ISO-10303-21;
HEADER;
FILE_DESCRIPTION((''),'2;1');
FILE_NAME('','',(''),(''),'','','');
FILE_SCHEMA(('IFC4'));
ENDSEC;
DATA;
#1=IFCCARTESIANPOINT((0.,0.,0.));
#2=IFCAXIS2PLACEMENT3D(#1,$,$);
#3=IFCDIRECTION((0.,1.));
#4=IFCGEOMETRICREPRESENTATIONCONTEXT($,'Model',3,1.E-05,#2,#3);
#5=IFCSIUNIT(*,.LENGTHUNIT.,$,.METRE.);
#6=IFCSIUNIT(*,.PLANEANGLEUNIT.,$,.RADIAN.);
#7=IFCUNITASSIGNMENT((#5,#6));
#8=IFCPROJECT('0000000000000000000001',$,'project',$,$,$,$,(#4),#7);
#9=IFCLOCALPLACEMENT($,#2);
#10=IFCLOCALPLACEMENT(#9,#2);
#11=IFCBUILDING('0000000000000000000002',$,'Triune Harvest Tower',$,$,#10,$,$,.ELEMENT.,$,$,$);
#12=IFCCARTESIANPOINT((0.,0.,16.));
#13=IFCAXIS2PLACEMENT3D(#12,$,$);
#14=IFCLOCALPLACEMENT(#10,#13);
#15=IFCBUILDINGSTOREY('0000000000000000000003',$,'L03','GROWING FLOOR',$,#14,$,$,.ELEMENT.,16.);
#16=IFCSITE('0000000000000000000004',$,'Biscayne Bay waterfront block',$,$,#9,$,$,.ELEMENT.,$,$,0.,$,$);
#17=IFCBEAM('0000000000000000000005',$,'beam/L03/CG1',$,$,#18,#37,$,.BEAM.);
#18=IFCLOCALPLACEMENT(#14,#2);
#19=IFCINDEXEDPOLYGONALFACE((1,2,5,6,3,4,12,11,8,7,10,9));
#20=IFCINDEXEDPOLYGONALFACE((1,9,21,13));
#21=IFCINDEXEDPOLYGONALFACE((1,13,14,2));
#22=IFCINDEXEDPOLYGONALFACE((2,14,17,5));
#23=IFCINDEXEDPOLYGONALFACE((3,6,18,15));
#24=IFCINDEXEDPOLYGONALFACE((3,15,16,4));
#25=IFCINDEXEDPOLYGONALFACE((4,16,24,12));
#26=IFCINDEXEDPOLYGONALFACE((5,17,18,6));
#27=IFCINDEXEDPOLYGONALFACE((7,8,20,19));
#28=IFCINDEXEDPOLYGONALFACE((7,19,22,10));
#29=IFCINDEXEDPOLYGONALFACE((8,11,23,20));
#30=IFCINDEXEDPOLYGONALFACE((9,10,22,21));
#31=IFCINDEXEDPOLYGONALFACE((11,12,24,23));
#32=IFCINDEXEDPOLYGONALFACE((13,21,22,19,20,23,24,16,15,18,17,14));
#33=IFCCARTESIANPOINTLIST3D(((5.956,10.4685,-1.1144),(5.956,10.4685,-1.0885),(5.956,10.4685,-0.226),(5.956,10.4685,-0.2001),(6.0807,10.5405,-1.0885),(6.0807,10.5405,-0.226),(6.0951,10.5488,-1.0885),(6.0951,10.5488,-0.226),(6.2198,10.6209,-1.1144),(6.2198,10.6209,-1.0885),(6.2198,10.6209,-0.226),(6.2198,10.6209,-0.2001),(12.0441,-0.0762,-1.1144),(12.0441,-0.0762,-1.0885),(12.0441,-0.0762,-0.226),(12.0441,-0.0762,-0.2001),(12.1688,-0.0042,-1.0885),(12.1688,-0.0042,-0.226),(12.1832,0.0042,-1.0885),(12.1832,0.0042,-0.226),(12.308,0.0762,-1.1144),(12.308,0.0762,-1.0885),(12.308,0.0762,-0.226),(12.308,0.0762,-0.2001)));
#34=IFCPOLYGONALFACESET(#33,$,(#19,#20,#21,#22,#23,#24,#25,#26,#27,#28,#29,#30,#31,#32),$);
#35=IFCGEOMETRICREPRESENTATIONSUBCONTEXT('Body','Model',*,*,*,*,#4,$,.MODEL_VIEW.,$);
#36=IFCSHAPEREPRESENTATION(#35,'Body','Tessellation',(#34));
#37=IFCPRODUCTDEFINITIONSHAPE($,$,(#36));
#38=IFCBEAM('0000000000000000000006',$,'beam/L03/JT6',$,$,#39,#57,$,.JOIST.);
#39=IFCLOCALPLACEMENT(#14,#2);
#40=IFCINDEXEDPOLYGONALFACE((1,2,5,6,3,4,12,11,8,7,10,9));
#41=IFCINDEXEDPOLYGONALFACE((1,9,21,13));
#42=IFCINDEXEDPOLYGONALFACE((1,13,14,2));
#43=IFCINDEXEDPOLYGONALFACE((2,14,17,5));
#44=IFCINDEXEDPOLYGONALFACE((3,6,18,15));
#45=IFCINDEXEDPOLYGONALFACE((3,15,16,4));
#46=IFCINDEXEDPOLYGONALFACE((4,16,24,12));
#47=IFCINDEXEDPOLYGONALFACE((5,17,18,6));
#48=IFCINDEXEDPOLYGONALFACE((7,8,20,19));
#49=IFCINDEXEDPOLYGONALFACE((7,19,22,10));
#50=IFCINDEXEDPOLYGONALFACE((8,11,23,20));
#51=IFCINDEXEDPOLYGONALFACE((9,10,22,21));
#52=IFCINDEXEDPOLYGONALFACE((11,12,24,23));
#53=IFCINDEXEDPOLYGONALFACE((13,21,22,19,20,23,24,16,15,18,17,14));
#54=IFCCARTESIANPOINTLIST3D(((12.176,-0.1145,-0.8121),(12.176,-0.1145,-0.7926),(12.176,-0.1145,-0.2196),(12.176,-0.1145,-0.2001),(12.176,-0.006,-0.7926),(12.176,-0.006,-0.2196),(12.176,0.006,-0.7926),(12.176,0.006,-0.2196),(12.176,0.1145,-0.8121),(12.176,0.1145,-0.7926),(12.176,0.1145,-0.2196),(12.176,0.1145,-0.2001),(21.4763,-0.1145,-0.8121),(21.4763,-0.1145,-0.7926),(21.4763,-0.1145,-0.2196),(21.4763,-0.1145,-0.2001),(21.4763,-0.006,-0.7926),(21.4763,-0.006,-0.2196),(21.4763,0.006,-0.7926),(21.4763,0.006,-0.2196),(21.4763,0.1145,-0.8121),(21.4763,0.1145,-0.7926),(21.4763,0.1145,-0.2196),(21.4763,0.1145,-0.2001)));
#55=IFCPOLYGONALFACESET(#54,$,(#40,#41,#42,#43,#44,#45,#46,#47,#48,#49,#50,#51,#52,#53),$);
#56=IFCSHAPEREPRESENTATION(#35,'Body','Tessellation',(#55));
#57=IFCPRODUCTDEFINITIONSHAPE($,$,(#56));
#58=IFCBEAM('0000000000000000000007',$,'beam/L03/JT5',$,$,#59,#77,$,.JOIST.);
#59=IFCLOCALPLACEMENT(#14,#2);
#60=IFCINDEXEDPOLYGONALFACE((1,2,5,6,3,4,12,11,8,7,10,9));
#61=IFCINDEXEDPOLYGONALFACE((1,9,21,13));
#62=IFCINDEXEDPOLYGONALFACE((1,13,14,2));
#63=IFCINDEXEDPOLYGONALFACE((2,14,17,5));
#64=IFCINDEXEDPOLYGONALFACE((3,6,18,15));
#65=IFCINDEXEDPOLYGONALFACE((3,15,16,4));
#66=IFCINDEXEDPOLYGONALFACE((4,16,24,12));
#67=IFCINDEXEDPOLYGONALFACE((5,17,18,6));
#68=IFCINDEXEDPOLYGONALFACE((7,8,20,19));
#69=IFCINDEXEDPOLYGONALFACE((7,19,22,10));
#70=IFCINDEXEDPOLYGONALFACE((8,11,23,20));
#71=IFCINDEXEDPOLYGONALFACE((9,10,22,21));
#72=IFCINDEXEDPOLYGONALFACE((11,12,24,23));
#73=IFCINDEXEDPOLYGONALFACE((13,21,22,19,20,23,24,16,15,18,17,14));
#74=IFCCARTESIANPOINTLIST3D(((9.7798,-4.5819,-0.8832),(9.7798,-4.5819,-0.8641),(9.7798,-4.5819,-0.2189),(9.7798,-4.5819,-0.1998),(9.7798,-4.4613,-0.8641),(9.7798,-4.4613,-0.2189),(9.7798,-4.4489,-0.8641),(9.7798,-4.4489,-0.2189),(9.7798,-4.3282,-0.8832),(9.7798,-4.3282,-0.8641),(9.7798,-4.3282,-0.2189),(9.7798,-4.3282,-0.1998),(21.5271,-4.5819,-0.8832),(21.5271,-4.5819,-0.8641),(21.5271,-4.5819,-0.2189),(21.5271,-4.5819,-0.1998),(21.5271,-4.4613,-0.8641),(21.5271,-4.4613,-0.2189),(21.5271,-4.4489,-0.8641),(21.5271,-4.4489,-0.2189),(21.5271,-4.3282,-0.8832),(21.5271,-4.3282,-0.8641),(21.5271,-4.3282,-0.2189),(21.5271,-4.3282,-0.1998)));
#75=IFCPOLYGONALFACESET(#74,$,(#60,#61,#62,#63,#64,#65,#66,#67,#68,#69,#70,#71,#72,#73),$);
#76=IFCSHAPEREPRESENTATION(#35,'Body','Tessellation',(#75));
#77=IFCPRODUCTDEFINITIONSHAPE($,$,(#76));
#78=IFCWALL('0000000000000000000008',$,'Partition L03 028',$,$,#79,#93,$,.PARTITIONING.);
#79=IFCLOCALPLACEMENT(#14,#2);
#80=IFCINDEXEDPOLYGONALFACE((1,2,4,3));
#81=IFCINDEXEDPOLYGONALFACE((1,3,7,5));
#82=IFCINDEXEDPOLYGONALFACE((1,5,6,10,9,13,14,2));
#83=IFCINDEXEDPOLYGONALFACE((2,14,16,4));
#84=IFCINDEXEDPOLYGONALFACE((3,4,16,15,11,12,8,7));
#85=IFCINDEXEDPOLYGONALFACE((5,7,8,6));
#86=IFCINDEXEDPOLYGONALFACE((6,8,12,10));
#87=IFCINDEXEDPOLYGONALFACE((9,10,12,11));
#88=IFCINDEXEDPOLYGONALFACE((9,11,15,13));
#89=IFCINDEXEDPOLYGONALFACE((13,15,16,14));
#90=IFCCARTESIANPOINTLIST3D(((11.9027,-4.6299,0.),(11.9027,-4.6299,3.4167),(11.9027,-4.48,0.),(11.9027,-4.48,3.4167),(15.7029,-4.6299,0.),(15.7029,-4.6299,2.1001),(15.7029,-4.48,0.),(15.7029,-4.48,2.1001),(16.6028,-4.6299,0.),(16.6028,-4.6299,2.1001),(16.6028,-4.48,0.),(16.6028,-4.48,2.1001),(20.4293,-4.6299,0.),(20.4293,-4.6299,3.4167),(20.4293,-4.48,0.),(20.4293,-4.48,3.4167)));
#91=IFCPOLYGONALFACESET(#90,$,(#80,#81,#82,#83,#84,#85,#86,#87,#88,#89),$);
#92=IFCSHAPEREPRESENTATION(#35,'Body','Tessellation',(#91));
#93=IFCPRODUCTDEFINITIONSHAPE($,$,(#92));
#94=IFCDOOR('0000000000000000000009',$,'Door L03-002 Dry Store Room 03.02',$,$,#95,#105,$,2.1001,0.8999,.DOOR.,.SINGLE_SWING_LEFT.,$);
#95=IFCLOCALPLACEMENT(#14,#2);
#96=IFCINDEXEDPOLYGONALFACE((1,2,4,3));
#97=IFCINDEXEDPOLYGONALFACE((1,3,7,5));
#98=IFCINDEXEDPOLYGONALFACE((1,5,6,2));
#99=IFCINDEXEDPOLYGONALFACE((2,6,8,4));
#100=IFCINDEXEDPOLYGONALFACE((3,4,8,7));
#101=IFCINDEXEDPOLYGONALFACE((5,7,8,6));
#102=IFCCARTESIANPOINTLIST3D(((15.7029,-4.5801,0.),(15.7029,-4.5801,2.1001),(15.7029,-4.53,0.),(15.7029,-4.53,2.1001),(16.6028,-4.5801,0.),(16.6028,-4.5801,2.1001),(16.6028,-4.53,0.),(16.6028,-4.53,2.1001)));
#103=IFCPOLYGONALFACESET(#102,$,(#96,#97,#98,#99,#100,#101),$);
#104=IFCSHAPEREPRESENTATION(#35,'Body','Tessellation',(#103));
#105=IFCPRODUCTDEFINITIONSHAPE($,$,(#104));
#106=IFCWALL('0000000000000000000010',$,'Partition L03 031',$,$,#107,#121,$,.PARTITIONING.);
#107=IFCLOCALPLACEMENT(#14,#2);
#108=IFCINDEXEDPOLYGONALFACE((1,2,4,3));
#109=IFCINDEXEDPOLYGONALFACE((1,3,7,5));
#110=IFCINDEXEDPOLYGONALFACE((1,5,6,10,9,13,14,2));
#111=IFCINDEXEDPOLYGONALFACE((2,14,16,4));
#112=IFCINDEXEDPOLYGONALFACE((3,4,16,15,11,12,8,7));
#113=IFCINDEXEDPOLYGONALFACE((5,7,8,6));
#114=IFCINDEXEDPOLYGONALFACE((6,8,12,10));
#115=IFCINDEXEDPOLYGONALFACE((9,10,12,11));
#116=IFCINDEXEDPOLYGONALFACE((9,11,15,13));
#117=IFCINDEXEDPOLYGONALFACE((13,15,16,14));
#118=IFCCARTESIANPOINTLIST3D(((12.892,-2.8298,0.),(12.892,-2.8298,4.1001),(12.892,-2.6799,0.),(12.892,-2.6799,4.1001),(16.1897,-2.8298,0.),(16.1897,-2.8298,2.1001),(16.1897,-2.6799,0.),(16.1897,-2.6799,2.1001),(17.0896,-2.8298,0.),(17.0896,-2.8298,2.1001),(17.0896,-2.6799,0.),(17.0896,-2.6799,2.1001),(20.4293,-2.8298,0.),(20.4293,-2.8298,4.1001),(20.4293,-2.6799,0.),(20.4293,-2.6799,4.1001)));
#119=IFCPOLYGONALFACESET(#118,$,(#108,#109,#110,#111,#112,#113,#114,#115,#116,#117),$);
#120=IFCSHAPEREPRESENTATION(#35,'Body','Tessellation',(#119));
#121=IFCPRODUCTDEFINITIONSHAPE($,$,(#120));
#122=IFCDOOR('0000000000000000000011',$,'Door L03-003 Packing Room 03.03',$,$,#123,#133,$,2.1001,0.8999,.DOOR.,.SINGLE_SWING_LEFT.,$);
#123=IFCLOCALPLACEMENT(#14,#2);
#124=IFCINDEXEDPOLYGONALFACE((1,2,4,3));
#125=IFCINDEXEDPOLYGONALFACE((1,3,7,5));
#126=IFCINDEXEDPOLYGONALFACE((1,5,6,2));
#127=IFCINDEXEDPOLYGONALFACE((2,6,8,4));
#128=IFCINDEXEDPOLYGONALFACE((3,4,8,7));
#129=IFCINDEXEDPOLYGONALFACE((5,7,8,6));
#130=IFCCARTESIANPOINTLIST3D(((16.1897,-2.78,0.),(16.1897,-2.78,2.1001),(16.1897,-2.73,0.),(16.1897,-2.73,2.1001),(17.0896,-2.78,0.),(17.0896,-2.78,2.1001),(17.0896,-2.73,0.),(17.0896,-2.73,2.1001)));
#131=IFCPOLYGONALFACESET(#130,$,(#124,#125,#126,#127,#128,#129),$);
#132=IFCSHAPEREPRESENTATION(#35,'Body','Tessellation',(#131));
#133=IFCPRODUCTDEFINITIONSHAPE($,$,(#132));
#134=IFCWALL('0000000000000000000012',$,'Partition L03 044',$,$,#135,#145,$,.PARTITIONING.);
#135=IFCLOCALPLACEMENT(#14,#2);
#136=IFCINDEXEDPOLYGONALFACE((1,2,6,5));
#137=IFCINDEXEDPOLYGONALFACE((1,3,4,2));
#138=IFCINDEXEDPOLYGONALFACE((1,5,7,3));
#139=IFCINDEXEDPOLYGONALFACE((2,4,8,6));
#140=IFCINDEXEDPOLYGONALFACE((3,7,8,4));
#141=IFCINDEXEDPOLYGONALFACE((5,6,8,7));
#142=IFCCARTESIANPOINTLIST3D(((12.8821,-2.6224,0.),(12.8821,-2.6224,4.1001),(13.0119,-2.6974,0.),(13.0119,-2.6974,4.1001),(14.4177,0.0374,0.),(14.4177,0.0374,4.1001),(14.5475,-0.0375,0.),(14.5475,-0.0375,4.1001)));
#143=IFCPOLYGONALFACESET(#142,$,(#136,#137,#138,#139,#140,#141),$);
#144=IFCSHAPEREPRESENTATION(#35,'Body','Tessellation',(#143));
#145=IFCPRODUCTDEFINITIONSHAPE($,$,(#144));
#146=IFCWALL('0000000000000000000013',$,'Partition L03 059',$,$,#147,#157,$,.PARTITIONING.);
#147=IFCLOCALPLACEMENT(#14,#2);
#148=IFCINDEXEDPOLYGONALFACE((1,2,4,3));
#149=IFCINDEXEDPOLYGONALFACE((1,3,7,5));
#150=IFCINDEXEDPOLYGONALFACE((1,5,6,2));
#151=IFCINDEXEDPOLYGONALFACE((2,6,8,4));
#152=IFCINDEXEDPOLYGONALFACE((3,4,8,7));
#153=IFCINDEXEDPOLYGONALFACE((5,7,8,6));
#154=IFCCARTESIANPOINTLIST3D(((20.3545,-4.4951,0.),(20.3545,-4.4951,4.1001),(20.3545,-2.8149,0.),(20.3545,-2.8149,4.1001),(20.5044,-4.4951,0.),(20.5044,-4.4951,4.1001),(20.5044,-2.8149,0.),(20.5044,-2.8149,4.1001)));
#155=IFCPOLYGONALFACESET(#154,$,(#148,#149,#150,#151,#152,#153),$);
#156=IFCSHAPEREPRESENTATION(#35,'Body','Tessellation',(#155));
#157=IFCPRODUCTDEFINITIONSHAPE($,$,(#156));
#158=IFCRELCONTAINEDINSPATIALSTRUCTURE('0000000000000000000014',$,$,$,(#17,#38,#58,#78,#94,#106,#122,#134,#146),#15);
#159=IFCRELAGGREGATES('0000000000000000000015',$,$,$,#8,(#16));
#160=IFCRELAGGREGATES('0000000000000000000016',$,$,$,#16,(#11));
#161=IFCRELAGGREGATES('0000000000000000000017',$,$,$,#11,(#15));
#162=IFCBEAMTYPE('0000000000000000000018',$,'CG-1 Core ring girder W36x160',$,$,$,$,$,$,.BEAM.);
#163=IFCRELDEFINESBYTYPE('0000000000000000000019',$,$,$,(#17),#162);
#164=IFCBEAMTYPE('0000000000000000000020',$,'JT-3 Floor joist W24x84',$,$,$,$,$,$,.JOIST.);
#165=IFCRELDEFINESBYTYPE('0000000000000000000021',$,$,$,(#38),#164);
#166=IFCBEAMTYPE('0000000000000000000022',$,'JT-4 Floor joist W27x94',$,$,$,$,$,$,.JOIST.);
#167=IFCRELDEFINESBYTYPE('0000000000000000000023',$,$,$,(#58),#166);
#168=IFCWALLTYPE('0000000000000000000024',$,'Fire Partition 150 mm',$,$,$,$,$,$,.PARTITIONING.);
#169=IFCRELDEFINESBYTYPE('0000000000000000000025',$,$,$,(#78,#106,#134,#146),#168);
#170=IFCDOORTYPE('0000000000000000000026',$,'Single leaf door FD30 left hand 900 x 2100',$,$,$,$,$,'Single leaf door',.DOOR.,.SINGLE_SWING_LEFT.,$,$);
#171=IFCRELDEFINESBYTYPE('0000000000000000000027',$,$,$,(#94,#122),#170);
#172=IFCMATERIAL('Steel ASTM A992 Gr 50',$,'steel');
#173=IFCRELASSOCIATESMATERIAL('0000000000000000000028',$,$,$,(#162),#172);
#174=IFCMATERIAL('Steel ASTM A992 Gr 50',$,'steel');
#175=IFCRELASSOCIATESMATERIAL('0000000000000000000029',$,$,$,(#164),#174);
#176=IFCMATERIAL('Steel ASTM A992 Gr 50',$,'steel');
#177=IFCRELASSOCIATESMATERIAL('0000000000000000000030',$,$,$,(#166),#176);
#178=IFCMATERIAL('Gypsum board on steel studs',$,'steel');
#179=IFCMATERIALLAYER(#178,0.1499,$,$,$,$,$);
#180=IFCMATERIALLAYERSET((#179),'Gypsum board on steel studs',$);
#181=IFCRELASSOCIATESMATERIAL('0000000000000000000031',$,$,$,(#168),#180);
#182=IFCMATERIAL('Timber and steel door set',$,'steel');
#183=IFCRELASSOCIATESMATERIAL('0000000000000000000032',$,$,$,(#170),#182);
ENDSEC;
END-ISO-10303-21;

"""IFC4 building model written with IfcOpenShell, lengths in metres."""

from ifc_helpers import new_model, si_unit, direction, frame, frame_2d, origin, origin_2d, place, context, subcontext, project, spatial, rectangle, i_section, extrude, source, transform, mapped, material, layer, layer_set, material_profile, profile_set, type_object, element, fill, save


model = new_model("IFC4")

# Units and contexts
model_context = context("Model", 3, precision=1e-05, world=origin(), true_north=direction((0.0, 1.0)))
body_context = subcontext(model_context, "Body", "Model", "MODEL_VIEW")
ifc_project = project(units=[si_unit("LENGTHUNIT", "METRE"), si_unit("PLANEANGLEUNIT", "RADIAN")], contexts=[model_context])

# Site, building, storey
site_placement = place(None, origin())
site = spatial("IfcSite", under=ifc_project, at=site_placement, Name="Biscayne Bay waterfront block", CompositionType="ELEMENT", RefElevation=0.0)
building_placement = place(site_placement, origin())
building = spatial("IfcBuilding", under=site, at=building_placement, Name="Triune Harvest Tower", CompositionType="ELEMENT")
storey_placement = place(building_placement, frame((0.0, 0.0, 16.0)))
storey = spatial("IfcBuildingStorey", under=building, at=storey_placement, Name="L03", Description="GROWING FLOOR", CompositionType="ELEMENT", Elevation=16.0)

# Beams
ifc_material_1 = material(Name="Steel ASTM A992 Gr 50", Category="steel")
ifc_material_profile_1 = material_profile(ifc_material_1, i_section(OverallWidth=0.3047, OverallDepth=0.9143, WebThickness=0.0166, FlangeThickness=0.0259, at=origin_2d()), Name="W36x160")
ifc_profile_set_1 = profile_set([ifc_material_profile_1], Name="Steel ASTM A992 Gr 50")
beam_type_1 = type_object("IfcBeamType", Name="CG-1 Core ring girder W36x160", PredefinedType="BEAM", material=ifc_profile_set_1)
shared_shape_1 = source(origin(), body_context, "Body", "SweptSolid", [
    extrude(i_section(OverallWidth=0.3047, OverallDepth=0.9143, WebThickness=0.0166, FlangeThickness=0.0259, at=origin_2d()), origin(), (0.0, 0.0, 1.0), 12.176),
])
beam_1_placement = place(storey_placement, frame((12.176, 0.0, -0.6572), z_axis=(-0.50001, 0.86602, 0.0), x_axis=(-0.86602, -0.50001, 0.0)))
element("IfcBeam", 1, at=beam_1_placement, inside=storey, type_object=beam_type_1, Name="beam/L03/CG1", PredefinedType="BEAM", context=body_context, shape_type="MappedRepresentation", body=[
    mapped(shared_shape_1, transform((0.0, 0.0, 0.0), scale=1.0)),
])
ifc_material_2 = material(Name="Steel ASTM A992 Gr 50", Category="steel")
ifc_material_profile_2 = material_profile(ifc_material_2, i_section(OverallWidth=0.229, OverallDepth=0.6121, WebThickness=0.012, FlangeThickness=0.0195, at=origin_2d()), Name="W24x84")
ifc_profile_set_2 = profile_set([ifc_material_profile_2], Name="Steel ASTM A992 Gr 50")
beam_type_2 = type_object("IfcBeamType", Name="JT-3 Floor joist W24x84", PredefinedType="JOIST", material=ifc_profile_set_2)
shared_shape_2 = source(origin(), body_context, "Body", "SweptSolid", [
    extrude(i_section(OverallWidth=0.229, OverallDepth=0.6121, WebThickness=0.012, FlangeThickness=0.0195, at=origin_2d()), origin(), (0.0, 0.0, 1.0), 9.3003),
])
beam_2_placement = place(storey_placement, frame((21.4763, 0.0, -0.5061), z_axis=(-1.0, 0.0, 0.0), x_axis=(0.0, -1.0, 0.0)))
element("IfcBeam", 2, at=beam_2_placement, inside=storey, type_object=beam_type_2, Name="beam/L03/JT6", PredefinedType="JOIST", context=body_context, shape_type="MappedRepresentation", body=[
    mapped(shared_shape_2, transform((0.0, 0.0, 0.0), scale=1.0)),
])
ifc_material_3 = material(Name="Steel ASTM A992 Gr 50", Category="steel")
ifc_material_profile_3 = material_profile(ifc_material_3, i_section(OverallWidth=0.2537, OverallDepth=0.6833, WebThickness=0.0125, FlangeThickness=0.019, at=origin_2d()), Name="W27x94")
ifc_profile_set_3 = profile_set([ifc_material_profile_3], Name="Steel ASTM A992 Gr 50")
beam_type_3 = type_object("IfcBeamType", Name="JT-4 Floor joist W27x94", PredefinedType="JOIST", material=ifc_profile_set_3)
shared_shape_3 = source(origin(), body_context, "Body", "SweptSolid", [
    extrude(i_section(OverallWidth=0.2537, OverallDepth=0.6833, WebThickness=0.0125, FlangeThickness=0.019, at=origin_2d()), origin(), (0.0, 0.0, 1.0), 11.7473),
])
beam_3_placement = place(storey_placement, frame((21.5271, -4.4551, -0.5415), z_axis=(-1.0, 0.0, 0.0), x_axis=(0.0, -1.0, 0.0)))
element("IfcBeam", 3, at=beam_3_placement, inside=storey, type_object=beam_type_3, Name="beam/L03/JT5", PredefinedType="JOIST", context=body_context, shape_type="MappedRepresentation", body=[
    mapped(shared_shape_3, transform((0.0, 0.0, 0.0), scale=1.0)),
])

# Walls, openings, doors
ifc_material_4 = material(Name="Gypsum board on steel studs", Category="steel")
ifc_layer_1 = layer(ifc_material_4, 0.1499)
ifc_layer_set_1 = layer_set([ifc_layer_1], Name="Gypsum board on steel studs")
wall_type_1 = type_object("IfcWallType", Name="Fire Partition 150 mm", PredefinedType="PARTITIONING", material=ifc_layer_set_1)
wall_1_placement = place(storey_placement, frame((11.9028, -4.5549, 0.0), z_axis=(0.0, 0.0, 1.0), x_axis=(1.0, 0.0, 0.0)))
wall_1 = element("IfcWall", 4, at=wall_1_placement, inside=storey, type_object=wall_type_1, Name="Partition L03 028", PredefinedType="PARTITIONING", context=body_context, shape_type="SweptSolid", body=[
    extrude(rectangle(XDim=8.5266, YDim=0.1499, at=frame_2d((4.2632, 0.0))), origin(), (0.0, 0.0, 1.0), 3.4167),
])
opening_1_placement = place(wall_1_placement, frame((3.8, 0.0, 0.0)))
opening_1 = element("IfcOpeningElement", 5, at=opening_1_placement, cuts=wall_1, PredefinedType="OPENING", context=body_context, shape_type="SweptSolid", body=[
    extrude(rectangle(XDim=0.8999, YDim=2.1001, at=frame_2d((0.45, 1.05))), frame((0.0, 0.085, 0.0), z_axis=(0.0, -1.0, 0.0), x_axis=(1.0, 0.0, 0.0)), (0.0, 0.0, 1.0), 0.1699),
])
ifc_material_5 = material(Name="Timber and steel door set", Category="steel")
door_type_1 = type_object("IfcDoorType", Name="Single leaf door FD30 left hand 900 x 2100", ElementType="Single leaf door", OperationType="SINGLE_SWING_LEFT", PredefinedType="DOOR", material=ifc_material_5)
door_1_placement = place(opening_1_placement, origin())
door_1 = element("IfcDoor", 6, at=door_1_placement, inside=storey, type_object=door_type_1, Name="Door L03-002 Dry Store Room 03.02", OperationType="SINGLE_SWING_LEFT", OverallHeight=2.1001, OverallWidth=0.8999, PredefinedType="DOOR", context=body_context, shape_type="SweptSolid", body=[
    extrude(rectangle(XDim=0.8999, YDim=2.1001, at=frame_2d((0.45, 1.05))), frame((0.0, 0.0249, 0.0), z_axis=(0.0, -1.0, 0.0), x_axis=(1.0, 0.0, 0.0)), (0.0, 0.0, 1.0), 0.05),
])
fill(opening_1, door_1)
wall_2_placement = place(storey_placement, frame((12.8921, -2.7549, 0.0), z_axis=(0.0, 0.0, 1.0), x_axis=(1.0, 0.0, 0.0)))
wall_2 = element("IfcWall", 7, at=wall_2_placement, inside=storey, type_object=wall_type_1, Name="Partition L03 031", PredefinedType="PARTITIONING", context=body_context, shape_type="SweptSolid", body=[
    extrude(rectangle(XDim=7.5374, YDim=0.1499, at=frame_2d((3.7686, 0.0))), origin(), (0.0, 0.0, 1.0), 4.1001),
])
opening_2_placement = place(wall_2_placement, frame((3.2976, 0.0, 0.0)))
opening_2 = element("IfcOpeningElement", 8, at=opening_2_placement, cuts=wall_2, PredefinedType="OPENING", context=body_context, shape_type="SweptSolid", body=[
    extrude(rectangle(XDim=0.8999, YDim=2.1001, at=frame_2d((0.45, 1.05))), frame((0.0, 0.085, 0.0), z_axis=(0.0, -1.0, 0.0), x_axis=(1.0, 0.0, 0.0)), (0.0, 0.0, 1.0), 0.1699),
])
door_2_placement = place(opening_2_placement, origin())
door_2 = element("IfcDoor", 9, at=door_2_placement, inside=storey, type_object=door_type_1, Name="Door L03-003 Packing Room 03.03", OperationType="SINGLE_SWING_LEFT", OverallHeight=2.1001, OverallWidth=0.8999, PredefinedType="DOOR", context=body_context, shape_type="SweptSolid", body=[
    extrude(rectangle(XDim=0.8999, YDim=2.1001, at=frame_2d((0.45, 1.05))), frame((0.0, 0.0249, 0.0), z_axis=(0.0, -1.0, 0.0), x_axis=(1.0, 0.0, 0.0)), (0.0, 0.0, 1.0), 0.05),
])
fill(opening_2, door_2)

# Walls
wall_3_placement = place(storey_placement, frame((12.947, -2.6599, 0.0), z_axis=(0.0, 0.0, 1.0), x_axis=(0.499986, 0.866033, 0.0)))
element("IfcWall", 10, at=wall_3_placement, inside=storey, type_object=wall_type_1, Name="Partition L03 044", PredefinedType="PARTITIONING", context=body_context, shape_type="SweptSolid", body=[
    extrude(rectangle(XDim=3.0713, YDim=0.1499, at=frame_2d((1.5356, 0.0))), origin(), (0.0, 0.0, 1.0), 4.1001),
])
wall_4_placement = place(storey_placement, frame((20.4294, -4.4951, 0.0), z_axis=(0.0, 0.0, 1.0), x_axis=(0.0, 1.0, 0.0)))
element("IfcWall", 11, at=wall_4_placement, inside=storey, type_object=wall_type_1, Name="Partition L03 059", PredefinedType="PARTITIONING", context=body_context, shape_type="SweptSolid", body=[
    extrude(rectangle(XDim=1.6802, YDim=0.1499, at=frame_2d((0.8401, 0.0))), origin(), (0.0, 0.0, 1.0), 4.1001),
])

save(model, "model.ifc")
